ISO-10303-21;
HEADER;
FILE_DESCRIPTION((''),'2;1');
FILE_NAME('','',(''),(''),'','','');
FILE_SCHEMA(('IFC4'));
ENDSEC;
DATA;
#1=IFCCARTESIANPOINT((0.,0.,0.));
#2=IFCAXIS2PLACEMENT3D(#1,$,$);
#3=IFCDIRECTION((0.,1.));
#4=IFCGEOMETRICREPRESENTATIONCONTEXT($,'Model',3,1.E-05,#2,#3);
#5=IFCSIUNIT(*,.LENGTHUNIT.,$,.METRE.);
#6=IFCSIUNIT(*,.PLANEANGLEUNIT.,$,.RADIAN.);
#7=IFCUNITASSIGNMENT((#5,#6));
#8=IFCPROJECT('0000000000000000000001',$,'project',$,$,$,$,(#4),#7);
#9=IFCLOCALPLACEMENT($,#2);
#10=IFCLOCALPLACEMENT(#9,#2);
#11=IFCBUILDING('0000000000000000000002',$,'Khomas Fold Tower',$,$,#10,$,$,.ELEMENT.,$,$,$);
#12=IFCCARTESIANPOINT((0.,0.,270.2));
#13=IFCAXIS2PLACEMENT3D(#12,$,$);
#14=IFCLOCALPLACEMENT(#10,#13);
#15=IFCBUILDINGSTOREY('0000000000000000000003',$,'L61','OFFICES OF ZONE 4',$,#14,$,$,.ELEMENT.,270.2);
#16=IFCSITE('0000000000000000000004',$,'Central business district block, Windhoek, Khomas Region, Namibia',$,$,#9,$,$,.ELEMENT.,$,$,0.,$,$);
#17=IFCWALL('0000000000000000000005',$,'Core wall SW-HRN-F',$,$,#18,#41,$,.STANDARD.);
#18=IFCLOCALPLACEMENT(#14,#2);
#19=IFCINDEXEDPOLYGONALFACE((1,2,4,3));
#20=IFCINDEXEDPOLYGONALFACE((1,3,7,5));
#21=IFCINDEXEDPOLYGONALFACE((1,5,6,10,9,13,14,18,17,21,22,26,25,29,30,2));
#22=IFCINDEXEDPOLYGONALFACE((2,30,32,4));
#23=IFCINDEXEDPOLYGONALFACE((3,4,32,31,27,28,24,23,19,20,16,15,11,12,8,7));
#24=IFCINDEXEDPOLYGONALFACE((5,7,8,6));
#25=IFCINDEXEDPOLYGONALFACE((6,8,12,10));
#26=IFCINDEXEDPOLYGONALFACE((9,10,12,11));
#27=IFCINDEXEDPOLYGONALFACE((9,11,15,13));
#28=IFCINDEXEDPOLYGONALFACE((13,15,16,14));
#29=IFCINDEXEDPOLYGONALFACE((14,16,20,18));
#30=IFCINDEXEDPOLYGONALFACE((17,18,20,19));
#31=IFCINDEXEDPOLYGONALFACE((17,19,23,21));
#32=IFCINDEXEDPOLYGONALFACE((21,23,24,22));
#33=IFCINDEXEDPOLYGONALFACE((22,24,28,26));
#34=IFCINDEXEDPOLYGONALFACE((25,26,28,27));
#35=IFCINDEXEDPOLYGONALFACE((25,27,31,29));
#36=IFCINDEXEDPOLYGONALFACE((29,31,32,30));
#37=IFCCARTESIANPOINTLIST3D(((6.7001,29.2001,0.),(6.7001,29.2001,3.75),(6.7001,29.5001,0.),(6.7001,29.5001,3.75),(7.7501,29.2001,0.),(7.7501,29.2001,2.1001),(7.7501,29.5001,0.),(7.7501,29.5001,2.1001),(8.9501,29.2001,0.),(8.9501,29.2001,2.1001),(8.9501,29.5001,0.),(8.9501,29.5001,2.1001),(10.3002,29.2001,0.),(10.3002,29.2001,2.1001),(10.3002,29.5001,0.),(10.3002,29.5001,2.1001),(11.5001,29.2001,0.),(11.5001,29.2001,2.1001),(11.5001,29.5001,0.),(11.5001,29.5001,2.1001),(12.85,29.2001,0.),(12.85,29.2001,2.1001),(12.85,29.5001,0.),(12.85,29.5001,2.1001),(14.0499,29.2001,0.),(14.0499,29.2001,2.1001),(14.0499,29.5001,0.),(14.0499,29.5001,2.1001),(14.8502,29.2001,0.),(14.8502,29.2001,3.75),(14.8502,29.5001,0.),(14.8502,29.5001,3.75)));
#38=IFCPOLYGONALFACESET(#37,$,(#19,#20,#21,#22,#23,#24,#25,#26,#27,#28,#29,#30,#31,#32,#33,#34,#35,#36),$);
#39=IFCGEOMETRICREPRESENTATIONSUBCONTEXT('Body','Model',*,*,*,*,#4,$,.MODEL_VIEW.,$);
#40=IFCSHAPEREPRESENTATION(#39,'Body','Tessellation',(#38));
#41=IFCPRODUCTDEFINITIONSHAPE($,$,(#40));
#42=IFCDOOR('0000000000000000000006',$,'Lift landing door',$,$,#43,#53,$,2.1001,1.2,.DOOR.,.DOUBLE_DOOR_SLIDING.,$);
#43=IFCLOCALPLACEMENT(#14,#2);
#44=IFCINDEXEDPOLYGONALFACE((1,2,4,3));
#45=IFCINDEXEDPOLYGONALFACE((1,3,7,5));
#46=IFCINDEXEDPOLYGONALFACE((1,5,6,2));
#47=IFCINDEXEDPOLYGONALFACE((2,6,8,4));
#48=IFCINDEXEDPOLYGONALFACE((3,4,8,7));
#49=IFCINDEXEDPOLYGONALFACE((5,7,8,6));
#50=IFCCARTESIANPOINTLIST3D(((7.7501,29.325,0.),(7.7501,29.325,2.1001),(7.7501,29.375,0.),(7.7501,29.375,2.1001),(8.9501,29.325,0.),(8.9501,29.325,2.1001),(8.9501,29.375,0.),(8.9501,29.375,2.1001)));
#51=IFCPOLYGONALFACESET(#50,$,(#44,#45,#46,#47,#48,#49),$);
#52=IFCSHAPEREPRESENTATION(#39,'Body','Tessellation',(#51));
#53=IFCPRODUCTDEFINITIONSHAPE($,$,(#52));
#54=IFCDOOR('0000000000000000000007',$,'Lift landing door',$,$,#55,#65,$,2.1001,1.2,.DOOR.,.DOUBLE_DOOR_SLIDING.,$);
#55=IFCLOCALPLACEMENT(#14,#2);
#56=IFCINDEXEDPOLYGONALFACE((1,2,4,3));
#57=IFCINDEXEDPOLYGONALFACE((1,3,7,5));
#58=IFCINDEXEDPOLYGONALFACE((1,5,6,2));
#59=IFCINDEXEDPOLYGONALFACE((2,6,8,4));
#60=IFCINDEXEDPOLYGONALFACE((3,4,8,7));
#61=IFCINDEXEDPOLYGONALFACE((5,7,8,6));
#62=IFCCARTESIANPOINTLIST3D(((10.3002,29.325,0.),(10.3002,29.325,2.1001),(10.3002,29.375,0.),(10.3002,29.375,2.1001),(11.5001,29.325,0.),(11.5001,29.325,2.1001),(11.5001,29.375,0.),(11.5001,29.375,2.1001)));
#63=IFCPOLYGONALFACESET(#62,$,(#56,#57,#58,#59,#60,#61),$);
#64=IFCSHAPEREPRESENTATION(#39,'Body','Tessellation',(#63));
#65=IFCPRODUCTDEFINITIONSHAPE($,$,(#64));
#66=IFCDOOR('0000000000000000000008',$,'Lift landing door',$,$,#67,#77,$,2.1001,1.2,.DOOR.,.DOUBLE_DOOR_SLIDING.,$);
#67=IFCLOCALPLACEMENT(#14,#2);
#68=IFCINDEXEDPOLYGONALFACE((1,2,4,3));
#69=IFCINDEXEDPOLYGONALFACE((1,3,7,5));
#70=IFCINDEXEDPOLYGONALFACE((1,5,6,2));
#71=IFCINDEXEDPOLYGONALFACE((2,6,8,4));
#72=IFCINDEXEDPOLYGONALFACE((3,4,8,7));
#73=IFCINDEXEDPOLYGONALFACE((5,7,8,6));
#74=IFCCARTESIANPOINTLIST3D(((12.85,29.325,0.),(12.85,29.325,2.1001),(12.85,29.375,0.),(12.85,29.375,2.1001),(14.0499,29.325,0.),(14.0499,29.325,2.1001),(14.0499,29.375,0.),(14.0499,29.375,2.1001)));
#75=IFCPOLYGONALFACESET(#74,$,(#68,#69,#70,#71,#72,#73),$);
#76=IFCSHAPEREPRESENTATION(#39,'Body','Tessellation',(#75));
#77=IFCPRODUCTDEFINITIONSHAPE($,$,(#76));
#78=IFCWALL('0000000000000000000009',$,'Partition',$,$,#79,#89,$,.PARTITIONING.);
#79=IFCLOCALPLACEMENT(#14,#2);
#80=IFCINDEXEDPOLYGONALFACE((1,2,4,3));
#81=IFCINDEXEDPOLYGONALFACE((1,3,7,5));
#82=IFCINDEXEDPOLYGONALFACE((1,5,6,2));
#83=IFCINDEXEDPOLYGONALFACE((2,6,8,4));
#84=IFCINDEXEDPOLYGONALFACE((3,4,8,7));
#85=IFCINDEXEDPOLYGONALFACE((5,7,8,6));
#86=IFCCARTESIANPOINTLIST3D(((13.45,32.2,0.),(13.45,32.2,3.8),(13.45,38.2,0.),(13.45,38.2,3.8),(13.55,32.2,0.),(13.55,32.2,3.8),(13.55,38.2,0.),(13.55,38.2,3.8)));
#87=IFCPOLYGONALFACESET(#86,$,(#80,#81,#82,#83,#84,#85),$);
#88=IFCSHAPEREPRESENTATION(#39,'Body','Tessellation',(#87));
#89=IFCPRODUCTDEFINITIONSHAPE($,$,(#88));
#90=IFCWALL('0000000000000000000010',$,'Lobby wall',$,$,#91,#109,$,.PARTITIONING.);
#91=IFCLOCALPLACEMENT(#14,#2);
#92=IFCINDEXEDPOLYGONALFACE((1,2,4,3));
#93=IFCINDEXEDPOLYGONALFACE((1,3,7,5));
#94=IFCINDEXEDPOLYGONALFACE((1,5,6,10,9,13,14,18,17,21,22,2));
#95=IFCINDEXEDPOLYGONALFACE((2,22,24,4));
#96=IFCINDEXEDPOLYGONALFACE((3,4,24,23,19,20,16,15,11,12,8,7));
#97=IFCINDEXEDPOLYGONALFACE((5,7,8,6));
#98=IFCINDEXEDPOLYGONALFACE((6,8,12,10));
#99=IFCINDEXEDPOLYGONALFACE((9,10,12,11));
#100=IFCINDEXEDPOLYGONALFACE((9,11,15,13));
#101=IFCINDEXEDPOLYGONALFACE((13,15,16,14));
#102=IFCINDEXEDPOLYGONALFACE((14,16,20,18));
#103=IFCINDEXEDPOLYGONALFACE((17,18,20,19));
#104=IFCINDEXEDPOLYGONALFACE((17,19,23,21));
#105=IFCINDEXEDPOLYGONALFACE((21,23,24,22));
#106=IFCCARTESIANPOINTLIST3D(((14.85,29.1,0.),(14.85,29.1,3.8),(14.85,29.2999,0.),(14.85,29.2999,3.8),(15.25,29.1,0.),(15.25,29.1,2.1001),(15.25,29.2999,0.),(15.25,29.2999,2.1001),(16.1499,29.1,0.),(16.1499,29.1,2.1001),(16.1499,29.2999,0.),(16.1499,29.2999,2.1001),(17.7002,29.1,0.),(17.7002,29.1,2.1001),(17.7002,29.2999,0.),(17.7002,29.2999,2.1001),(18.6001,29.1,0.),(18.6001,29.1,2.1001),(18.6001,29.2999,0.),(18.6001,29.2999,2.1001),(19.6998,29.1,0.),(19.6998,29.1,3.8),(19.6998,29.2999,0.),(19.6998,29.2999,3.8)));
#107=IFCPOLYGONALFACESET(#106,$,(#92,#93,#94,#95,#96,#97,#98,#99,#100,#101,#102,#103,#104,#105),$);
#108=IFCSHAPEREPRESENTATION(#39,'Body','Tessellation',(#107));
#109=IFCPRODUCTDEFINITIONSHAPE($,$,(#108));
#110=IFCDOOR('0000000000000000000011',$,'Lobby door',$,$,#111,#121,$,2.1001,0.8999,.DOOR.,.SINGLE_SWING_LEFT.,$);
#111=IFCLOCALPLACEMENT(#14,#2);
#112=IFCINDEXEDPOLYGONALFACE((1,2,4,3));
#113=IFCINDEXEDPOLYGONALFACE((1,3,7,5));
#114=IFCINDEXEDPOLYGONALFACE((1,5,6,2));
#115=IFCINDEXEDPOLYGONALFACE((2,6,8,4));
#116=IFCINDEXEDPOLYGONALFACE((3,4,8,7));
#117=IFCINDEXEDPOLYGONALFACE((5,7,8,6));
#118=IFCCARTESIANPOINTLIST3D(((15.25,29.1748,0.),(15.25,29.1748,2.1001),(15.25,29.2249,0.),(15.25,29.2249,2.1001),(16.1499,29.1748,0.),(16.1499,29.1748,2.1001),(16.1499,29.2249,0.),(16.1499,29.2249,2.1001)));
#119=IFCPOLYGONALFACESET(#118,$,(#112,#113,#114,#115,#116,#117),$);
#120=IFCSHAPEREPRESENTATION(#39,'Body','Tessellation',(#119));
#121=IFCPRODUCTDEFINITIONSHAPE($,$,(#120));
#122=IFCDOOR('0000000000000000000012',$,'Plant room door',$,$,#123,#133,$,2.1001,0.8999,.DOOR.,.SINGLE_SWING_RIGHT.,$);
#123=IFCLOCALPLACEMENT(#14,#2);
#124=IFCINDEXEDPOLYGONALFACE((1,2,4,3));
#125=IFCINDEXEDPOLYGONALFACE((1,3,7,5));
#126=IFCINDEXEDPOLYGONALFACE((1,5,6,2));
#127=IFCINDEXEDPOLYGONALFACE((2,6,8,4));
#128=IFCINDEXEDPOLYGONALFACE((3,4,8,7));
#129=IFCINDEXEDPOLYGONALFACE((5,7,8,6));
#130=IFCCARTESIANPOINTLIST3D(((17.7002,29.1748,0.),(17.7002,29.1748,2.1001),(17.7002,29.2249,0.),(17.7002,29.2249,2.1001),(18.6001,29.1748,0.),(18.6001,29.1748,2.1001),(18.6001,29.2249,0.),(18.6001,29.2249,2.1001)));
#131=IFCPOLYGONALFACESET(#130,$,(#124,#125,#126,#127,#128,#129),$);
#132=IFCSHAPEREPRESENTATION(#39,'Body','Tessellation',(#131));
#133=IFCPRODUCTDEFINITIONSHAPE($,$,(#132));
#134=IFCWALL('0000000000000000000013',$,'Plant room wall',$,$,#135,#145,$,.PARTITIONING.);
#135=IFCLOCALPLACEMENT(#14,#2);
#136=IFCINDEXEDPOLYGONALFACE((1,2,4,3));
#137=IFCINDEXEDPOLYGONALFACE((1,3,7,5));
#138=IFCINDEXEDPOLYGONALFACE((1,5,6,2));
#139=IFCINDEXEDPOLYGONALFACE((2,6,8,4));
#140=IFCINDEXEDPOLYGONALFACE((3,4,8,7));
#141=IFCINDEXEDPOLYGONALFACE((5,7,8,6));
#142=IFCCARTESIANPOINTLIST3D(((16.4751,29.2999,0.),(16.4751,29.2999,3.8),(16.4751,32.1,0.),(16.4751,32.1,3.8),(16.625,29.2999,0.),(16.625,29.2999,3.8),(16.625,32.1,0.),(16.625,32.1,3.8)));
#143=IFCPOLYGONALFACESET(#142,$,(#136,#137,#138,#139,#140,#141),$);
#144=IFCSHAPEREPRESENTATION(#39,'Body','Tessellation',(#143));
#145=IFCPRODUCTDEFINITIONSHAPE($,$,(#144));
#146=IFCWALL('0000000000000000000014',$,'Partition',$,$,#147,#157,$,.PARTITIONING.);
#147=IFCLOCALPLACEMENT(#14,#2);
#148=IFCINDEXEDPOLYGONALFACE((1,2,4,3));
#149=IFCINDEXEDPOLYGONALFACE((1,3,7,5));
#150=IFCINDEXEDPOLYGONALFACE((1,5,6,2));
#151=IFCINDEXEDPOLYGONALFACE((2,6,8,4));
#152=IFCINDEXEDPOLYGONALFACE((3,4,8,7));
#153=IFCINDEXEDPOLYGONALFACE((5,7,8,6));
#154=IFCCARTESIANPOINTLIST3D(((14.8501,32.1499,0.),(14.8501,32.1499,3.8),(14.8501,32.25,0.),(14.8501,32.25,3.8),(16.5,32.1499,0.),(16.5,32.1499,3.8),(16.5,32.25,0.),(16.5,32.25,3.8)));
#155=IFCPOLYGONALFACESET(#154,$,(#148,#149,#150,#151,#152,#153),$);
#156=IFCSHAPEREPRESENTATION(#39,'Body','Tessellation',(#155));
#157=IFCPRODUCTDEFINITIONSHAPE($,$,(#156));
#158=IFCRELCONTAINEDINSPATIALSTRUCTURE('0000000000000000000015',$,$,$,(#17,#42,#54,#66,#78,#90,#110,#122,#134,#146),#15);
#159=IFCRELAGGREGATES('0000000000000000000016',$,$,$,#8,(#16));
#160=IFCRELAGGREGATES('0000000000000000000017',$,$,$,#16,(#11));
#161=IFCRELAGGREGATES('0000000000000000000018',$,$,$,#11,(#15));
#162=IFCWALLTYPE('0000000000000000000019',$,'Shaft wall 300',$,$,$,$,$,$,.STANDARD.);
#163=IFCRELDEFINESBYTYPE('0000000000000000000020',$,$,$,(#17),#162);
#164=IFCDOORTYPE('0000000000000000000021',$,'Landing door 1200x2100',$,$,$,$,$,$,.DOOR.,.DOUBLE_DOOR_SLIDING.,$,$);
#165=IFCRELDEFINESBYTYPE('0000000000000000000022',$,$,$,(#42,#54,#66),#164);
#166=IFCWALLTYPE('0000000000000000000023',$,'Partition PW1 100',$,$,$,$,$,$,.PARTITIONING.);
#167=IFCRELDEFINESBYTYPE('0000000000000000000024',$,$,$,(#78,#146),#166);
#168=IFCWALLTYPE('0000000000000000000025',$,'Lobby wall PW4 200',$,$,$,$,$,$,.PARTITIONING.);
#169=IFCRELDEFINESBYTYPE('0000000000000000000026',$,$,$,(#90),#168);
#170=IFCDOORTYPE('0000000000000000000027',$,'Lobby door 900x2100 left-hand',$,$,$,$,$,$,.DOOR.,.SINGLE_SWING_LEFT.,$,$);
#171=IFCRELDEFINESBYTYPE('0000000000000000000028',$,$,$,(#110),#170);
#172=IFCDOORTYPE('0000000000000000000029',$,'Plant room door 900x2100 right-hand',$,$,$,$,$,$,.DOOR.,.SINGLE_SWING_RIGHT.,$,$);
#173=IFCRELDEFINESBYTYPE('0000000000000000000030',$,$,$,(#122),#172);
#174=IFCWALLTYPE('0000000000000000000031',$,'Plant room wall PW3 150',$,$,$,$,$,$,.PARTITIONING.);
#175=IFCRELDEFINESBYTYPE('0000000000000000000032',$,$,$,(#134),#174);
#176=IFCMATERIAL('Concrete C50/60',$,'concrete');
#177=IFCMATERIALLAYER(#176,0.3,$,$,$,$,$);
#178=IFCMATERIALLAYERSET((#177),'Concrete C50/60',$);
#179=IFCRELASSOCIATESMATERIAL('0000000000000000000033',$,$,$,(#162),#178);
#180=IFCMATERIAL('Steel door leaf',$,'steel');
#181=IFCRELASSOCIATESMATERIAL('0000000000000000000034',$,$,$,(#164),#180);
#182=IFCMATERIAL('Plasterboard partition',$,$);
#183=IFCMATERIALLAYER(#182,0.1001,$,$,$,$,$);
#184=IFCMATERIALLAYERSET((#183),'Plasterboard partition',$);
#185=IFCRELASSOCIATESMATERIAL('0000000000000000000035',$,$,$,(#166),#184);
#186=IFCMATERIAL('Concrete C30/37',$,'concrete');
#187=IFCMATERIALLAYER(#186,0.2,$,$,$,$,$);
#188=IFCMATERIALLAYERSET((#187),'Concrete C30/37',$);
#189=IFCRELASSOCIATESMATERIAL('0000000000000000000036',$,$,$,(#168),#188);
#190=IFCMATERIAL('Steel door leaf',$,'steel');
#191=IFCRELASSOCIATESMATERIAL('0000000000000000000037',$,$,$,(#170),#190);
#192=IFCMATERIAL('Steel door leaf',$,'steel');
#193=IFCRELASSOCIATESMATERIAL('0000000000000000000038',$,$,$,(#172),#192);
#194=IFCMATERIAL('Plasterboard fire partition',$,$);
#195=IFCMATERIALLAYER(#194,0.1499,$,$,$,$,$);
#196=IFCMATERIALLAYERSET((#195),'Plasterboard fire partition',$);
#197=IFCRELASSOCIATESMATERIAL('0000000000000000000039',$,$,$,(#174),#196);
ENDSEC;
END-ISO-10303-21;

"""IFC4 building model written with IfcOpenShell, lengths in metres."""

from ifc_helpers import new_model, si_unit, direction, frame, frame_2d, origin, place, context, subcontext, project, spatial, rectangle, extrude, source, transform, mapped, material, layer, layer_set, type_object, element, fill, save


model = new_model("IFC4")

# Units and contexts
model_context = context("Model", 3, precision=1e-05, world=origin(), true_north=direction((0.0, 1.0)))
body_context = subcontext(model_context, "Body", "Model", "MODEL_VIEW")
ifc_project = project(units=[si_unit("LENGTHUNIT", "METRE"), si_unit("PLANEANGLEUNIT", "RADIAN")], contexts=[model_context])

# Site, building, storey
site_placement = place(None, origin())
site = spatial("IfcSite", under=ifc_project, at=site_placement, Name="Central business district block, Windhoek, Khomas Region, Namibia", CompositionType="ELEMENT", RefElevation=0.0)
building_placement = place(site_placement, origin())
building = spatial("IfcBuilding", under=site, at=building_placement, Name="Khomas Fold Tower", CompositionType="ELEMENT")
storey_placement = place(building_placement, frame((0.0, 0.0, 270.2)))
storey = spatial("IfcBuildingStorey", under=building, at=storey_placement, Name="L61", Description="OFFICES OF ZONE 4", CompositionType="ELEMENT", Elevation=270.2)

# Shared definitions
ifc_material_1 = material(Name="Concrete C50/60", Category="concrete")
ifc_layer_1 = layer(ifc_material_1, 0.3)
ifc_layer_set_1 = layer_set([ifc_layer_1], Name="Concrete C50/60")
wall_type_1 = type_object("IfcWallType", Name="Shaft wall 300", PredefinedType="STANDARD", material=ifc_layer_set_1)
shared_shape_1 = source(origin(), body_context, "Body", "SweptSolid", [
    extrude(rectangle(XDim=8.1501, YDim=0.3, at=frame_2d((4.0752, 0.0))), origin(), (0.0, 0.0, 1.0), 3.75),
])

# Wall, openings, doors
wall_1_placement = place(storey_placement, frame((6.7, 29.3501, 0.0), z_axis=(0.0, 0.0, 1.0), x_axis=(1.0, 0.0, 0.0)))
wall_1 = element("IfcWall", 1, at=wall_1_placement, inside=storey, type_object=wall_type_1, Name="Core wall SW-HRN-F", PredefinedType="STANDARD", context=body_context, shape_type="MappedRepresentation", body=[
    mapped(shared_shape_1, transform((0.0, 0.0, 0.0))),
])
shared_shape_2 = source(origin(), body_context, "Body", "SweptSolid", [
    extrude(rectangle(XDim=1.2, YDim=2.1001, at=frame_2d((0.6001, 1.05))), frame((0.0, 0.1599, 0.0), z_axis=(0.0, -1.0, 0.0), x_axis=(1.0, 0.0, 0.0)), (0.0, 0.0, 1.0), 0.3201),
])
opening_1_placement = place(wall_1_placement, frame((1.05, 0.0, 0.0)))
opening_1 = element("IfcOpeningElement", 2, at=opening_1_placement, cuts=wall_1, PredefinedType="OPENING", context=body_context, shape_type="MappedRepresentation", body=[
    mapped(shared_shape_2, transform((0.0, 0.0, 0.0))),
])
opening_2_placement = place(wall_1_placement, frame((3.6001, 0.0, 0.0)))
opening_2 = element("IfcOpeningElement", 3, at=opening_2_placement, cuts=wall_1, PredefinedType="OPENING", context=body_context, shape_type="MappedRepresentation", body=[
    mapped(shared_shape_2, transform((0.0, 0.0, 0.0))),
])
opening_3_placement = place(wall_1_placement, frame((6.1499, 0.0, 0.0)))
opening_3 = element("IfcOpeningElement", 4, at=opening_3_placement, cuts=wall_1, PredefinedType="OPENING", context=body_context, shape_type="MappedRepresentation", body=[
    mapped(shared_shape_2, transform((0.0, 0.0, 0.0))),
])
ifc_material_2 = material(Name="Steel door leaf", Category="steel")
door_type_1 = type_object("IfcDoorType", Name="Landing door 1200x2100", OperationType="DOUBLE_DOOR_SLIDING", PredefinedType="DOOR", material=ifc_material_2)
shared_shape_3 = source(origin(), body_context, "Body", "SweptSolid", [
    extrude(rectangle(XDim=1.2, YDim=2.1001, at=frame_2d((0.6001, 1.05))), frame((0.0, 0.0249, 0.0), z_axis=(0.0, -1.0, 0.0), x_axis=(1.0, 0.0, 0.0)), (0.0, 0.0, 1.0), 0.05),
])
door_1_placement = place(opening_1_placement, origin())
door_1 = element("IfcDoor", 5, at=door_1_placement, inside=storey, type_object=door_type_1, Name="Lift landing door", OperationType="DOUBLE_DOOR_SLIDING", OverallHeight=2.1001, OverallWidth=1.2, PredefinedType="DOOR", context=body_context, shape_type="MappedRepresentation", body=[
    mapped(shared_shape_3, transform((0.0, 0.0, 0.0))),
])
fill(opening_1, door_1)
door_2_placement = place(opening_2_placement, origin())
door_2 = element("IfcDoor", 6, at=door_2_placement, inside=storey, type_object=door_type_1, Name="Lift landing door", OperationType="DOUBLE_DOOR_SLIDING", OverallHeight=2.1001, OverallWidth=1.2, PredefinedType="DOOR", context=body_context, shape_type="MappedRepresentation", body=[
    mapped(shared_shape_3, transform((0.0, 0.0, 0.0))),
])
fill(opening_2, door_2)
door_3_placement = place(opening_3_placement, origin())
door_3 = element("IfcDoor", 7, at=door_3_placement, inside=storey, type_object=door_type_1, Name="Lift landing door", OperationType="DOUBLE_DOOR_SLIDING", OverallHeight=2.1001, OverallWidth=1.2, PredefinedType="DOOR", context=body_context, shape_type="MappedRepresentation", body=[
    mapped(shared_shape_3, transform((0.0, 0.0, 0.0))),
])
fill(opening_3, door_3)

# Wall
ifc_material_3 = material(Name="Plasterboard partition")
ifc_layer_2 = layer(ifc_material_3, 0.1001)
ifc_layer_set_2 = layer_set([ifc_layer_2], Name="Plasterboard partition")
wall_type_2 = type_object("IfcWallType", Name="Partition PW1 100", PredefinedType="PARTITIONING", material=ifc_layer_set_2)
shared_shape_4 = source(origin(), body_context, "Body", "SweptSolid", [
    extrude(rectangle(XDim=6.0, YDim=0.1001, at=frame_2d((3.0, 0.0))), origin(), (0.0, 0.0, 1.0), 3.8),
])
wall_2_placement = place(storey_placement, frame((13.5, 32.2, 0.0), z_axis=(0.0, 0.0, 1.0), x_axis=(0.0, 1.0, 0.0)))
element("IfcWall", 8, at=wall_2_placement, inside=storey, type_object=wall_type_2, Name="Partition", PredefinedType="PARTITIONING", context=body_context, shape_type="MappedRepresentation", body=[
    mapped(shared_shape_4, transform((0.0, 0.0, 0.0))),
])

# Wall, openings, doors
ifc_material_4 = material(Name="Concrete C30/37", Category="concrete")
ifc_layer_3 = layer(ifc_material_4, 0.2)
ifc_layer_set_3 = layer_set([ifc_layer_3], Name="Concrete C30/37")
wall_type_3 = type_object("IfcWallType", Name="Lobby wall PW4 200", PredefinedType="PARTITIONING", material=ifc_layer_set_3)
shared_shape_5 = source(origin(), body_context, "Body", "SweptSolid", [
    extrude(rectangle(XDim=4.8499, YDim=0.2, at=frame_2d((2.4248, 0.0))), origin(), (0.0, 0.0, 1.0), 3.8),
])
wall_3_placement = place(storey_placement, frame((14.8501, 29.2, 0.0), z_axis=(0.0, 0.0, 1.0), x_axis=(1.0, 0.0, 0.0)))
wall_3 = element("IfcWall", 9, at=wall_3_placement, inside=storey, type_object=wall_type_3, Name="Lobby wall", PredefinedType="PARTITIONING", context=body_context, shape_type="MappedRepresentation", body=[
    mapped(shared_shape_5, transform((0.0, 0.0, 0.0))),
])
shared_shape_6 = source(origin(), body_context, "Body", "SweptSolid", [
    extrude(rectangle(XDim=0.8999, YDim=2.1001, at=frame_2d((0.45, 1.05))), frame((0.0, 0.1099, 0.0), z_axis=(0.0, -1.0, 0.0), x_axis=(1.0, 0.0, 0.0)), (0.0, 0.0, 1.0), 0.22),
])
opening_4_placement = place(wall_3_placement, frame((0.3999, 0.0, 0.0)))
opening_4 = element("IfcOpeningElement", 10, at=opening_4_placement, cuts=wall_3, PredefinedType="OPENING", context=body_context, shape_type="MappedRepresentation", body=[
    mapped(shared_shape_6, transform((0.0, 0.0, 0.0))),
])
opening_5_placement = place(wall_3_placement, frame((2.8501, 0.0, 0.0)))
opening_5 = element("IfcOpeningElement", 11, at=opening_5_placement, cuts=wall_3, PredefinedType="OPENING", context=body_context, shape_type="MappedRepresentation", body=[
    mapped(shared_shape_6, transform((0.0, 0.0, 0.0))),
])
ifc_material_5 = material(Name="Steel door leaf", Category="steel")
door_type_2 = type_object("IfcDoorType", Name="Lobby door 900x2100 left-hand", OperationType="SINGLE_SWING_LEFT", PredefinedType="DOOR", material=ifc_material_5)
shared_shape_7 = source(origin(), body_context, "Body", "SweptSolid", [
    extrude(rectangle(XDim=0.8999, YDim=2.1001, at=frame_2d((0.45, 1.05))), frame((0.0, 0.0249, 0.0), z_axis=(0.0, -1.0, 0.0), x_axis=(1.0, 0.0, 0.0)), (0.0, 0.0, 1.0), 0.05),
])
door_4_placement = place(opening_4_placement, origin())
door_4 = element("IfcDoor", 12, at=door_4_placement, inside=storey, type_object=door_type_2, Name="Lobby door", OperationType="SINGLE_SWING_LEFT", OverallHeight=2.1001, OverallWidth=0.8999, PredefinedType="DOOR", context=body_context, shape_type="MappedRepresentation", body=[
    mapped(shared_shape_7, transform((0.0, 0.0, 0.0))),
])
fill(opening_4, door_4)
ifc_material_6 = material(Name="Steel door leaf", Category="steel")
door_type_3 = type_object("IfcDoorType", Name="Plant room door 900x2100 right-hand", OperationType="SINGLE_SWING_RIGHT", PredefinedType="DOOR", material=ifc_material_6)
door_5_placement = place(opening_5_placement, origin())
door_5 = element("IfcDoor", 13, at=door_5_placement, inside=storey, type_object=door_type_3, Name="Plant room door", OperationType="SINGLE_SWING_RIGHT", OverallHeight=2.1001, OverallWidth=0.8999, PredefinedType="DOOR", context=body_context, shape_type="MappedRepresentation", body=[
    mapped(shared_shape_7, transform((0.0, 0.0, 0.0))),
])
fill(opening_5, door_5)

# Walls
ifc_material_7 = material(Name="Plasterboard fire partition")
ifc_layer_4 = layer(ifc_material_7, 0.1499)
ifc_layer_set_4 = layer_set([ifc_layer_4], Name="Plasterboard fire partition")
wall_type_4 = type_object("IfcWallType", Name="Plant room wall PW3 150", PredefinedType="PARTITIONING", material=ifc_layer_set_4)
shared_shape_8 = source(origin(), body_context, "Body", "SweptSolid", [
    extrude(rectangle(XDim=2.8, YDim=0.1499, at=frame_2d((1.3999, 0.0))), origin(), (0.0, 0.0, 1.0), 3.8),
])
wall_4_placement = place(storey_placement, frame((16.55, 29.3, 0.0), z_axis=(0.0, 0.0, 1.0), x_axis=(0.0, 1.0, 0.0)))
element("IfcWall", 14, at=wall_4_placement, inside=storey, type_object=wall_type_4, Name="Plant room wall", PredefinedType="PARTITIONING", context=body_context, shape_type="MappedRepresentation", body=[
    mapped(shared_shape_8, transform((0.0, 0.0, 0.0))),
])
shared_shape_9 = source(origin(), body_context, "Body", "SweptSolid", [
    extrude(rectangle(XDim=1.6499, YDim=0.1001, at=frame_2d((0.825, 0.0))), origin(), (0.0, 0.0, 1.0), 3.8),
])
wall_5_placement = place(storey_placement, frame((14.8501, 32.2, 0.0), z_axis=(0.0, 0.0, 1.0), x_axis=(1.0, 0.0, 0.0)))
element("IfcWall", 15, at=wall_5_placement, inside=storey, type_object=wall_type_2, Name="Partition", PredefinedType="PARTITIONING", context=body_context, shape_type="MappedRepresentation", body=[
    mapped(shared_shape_9, transform((0.0, 0.0, 0.0))),
])

save(model, "model.ifc")
